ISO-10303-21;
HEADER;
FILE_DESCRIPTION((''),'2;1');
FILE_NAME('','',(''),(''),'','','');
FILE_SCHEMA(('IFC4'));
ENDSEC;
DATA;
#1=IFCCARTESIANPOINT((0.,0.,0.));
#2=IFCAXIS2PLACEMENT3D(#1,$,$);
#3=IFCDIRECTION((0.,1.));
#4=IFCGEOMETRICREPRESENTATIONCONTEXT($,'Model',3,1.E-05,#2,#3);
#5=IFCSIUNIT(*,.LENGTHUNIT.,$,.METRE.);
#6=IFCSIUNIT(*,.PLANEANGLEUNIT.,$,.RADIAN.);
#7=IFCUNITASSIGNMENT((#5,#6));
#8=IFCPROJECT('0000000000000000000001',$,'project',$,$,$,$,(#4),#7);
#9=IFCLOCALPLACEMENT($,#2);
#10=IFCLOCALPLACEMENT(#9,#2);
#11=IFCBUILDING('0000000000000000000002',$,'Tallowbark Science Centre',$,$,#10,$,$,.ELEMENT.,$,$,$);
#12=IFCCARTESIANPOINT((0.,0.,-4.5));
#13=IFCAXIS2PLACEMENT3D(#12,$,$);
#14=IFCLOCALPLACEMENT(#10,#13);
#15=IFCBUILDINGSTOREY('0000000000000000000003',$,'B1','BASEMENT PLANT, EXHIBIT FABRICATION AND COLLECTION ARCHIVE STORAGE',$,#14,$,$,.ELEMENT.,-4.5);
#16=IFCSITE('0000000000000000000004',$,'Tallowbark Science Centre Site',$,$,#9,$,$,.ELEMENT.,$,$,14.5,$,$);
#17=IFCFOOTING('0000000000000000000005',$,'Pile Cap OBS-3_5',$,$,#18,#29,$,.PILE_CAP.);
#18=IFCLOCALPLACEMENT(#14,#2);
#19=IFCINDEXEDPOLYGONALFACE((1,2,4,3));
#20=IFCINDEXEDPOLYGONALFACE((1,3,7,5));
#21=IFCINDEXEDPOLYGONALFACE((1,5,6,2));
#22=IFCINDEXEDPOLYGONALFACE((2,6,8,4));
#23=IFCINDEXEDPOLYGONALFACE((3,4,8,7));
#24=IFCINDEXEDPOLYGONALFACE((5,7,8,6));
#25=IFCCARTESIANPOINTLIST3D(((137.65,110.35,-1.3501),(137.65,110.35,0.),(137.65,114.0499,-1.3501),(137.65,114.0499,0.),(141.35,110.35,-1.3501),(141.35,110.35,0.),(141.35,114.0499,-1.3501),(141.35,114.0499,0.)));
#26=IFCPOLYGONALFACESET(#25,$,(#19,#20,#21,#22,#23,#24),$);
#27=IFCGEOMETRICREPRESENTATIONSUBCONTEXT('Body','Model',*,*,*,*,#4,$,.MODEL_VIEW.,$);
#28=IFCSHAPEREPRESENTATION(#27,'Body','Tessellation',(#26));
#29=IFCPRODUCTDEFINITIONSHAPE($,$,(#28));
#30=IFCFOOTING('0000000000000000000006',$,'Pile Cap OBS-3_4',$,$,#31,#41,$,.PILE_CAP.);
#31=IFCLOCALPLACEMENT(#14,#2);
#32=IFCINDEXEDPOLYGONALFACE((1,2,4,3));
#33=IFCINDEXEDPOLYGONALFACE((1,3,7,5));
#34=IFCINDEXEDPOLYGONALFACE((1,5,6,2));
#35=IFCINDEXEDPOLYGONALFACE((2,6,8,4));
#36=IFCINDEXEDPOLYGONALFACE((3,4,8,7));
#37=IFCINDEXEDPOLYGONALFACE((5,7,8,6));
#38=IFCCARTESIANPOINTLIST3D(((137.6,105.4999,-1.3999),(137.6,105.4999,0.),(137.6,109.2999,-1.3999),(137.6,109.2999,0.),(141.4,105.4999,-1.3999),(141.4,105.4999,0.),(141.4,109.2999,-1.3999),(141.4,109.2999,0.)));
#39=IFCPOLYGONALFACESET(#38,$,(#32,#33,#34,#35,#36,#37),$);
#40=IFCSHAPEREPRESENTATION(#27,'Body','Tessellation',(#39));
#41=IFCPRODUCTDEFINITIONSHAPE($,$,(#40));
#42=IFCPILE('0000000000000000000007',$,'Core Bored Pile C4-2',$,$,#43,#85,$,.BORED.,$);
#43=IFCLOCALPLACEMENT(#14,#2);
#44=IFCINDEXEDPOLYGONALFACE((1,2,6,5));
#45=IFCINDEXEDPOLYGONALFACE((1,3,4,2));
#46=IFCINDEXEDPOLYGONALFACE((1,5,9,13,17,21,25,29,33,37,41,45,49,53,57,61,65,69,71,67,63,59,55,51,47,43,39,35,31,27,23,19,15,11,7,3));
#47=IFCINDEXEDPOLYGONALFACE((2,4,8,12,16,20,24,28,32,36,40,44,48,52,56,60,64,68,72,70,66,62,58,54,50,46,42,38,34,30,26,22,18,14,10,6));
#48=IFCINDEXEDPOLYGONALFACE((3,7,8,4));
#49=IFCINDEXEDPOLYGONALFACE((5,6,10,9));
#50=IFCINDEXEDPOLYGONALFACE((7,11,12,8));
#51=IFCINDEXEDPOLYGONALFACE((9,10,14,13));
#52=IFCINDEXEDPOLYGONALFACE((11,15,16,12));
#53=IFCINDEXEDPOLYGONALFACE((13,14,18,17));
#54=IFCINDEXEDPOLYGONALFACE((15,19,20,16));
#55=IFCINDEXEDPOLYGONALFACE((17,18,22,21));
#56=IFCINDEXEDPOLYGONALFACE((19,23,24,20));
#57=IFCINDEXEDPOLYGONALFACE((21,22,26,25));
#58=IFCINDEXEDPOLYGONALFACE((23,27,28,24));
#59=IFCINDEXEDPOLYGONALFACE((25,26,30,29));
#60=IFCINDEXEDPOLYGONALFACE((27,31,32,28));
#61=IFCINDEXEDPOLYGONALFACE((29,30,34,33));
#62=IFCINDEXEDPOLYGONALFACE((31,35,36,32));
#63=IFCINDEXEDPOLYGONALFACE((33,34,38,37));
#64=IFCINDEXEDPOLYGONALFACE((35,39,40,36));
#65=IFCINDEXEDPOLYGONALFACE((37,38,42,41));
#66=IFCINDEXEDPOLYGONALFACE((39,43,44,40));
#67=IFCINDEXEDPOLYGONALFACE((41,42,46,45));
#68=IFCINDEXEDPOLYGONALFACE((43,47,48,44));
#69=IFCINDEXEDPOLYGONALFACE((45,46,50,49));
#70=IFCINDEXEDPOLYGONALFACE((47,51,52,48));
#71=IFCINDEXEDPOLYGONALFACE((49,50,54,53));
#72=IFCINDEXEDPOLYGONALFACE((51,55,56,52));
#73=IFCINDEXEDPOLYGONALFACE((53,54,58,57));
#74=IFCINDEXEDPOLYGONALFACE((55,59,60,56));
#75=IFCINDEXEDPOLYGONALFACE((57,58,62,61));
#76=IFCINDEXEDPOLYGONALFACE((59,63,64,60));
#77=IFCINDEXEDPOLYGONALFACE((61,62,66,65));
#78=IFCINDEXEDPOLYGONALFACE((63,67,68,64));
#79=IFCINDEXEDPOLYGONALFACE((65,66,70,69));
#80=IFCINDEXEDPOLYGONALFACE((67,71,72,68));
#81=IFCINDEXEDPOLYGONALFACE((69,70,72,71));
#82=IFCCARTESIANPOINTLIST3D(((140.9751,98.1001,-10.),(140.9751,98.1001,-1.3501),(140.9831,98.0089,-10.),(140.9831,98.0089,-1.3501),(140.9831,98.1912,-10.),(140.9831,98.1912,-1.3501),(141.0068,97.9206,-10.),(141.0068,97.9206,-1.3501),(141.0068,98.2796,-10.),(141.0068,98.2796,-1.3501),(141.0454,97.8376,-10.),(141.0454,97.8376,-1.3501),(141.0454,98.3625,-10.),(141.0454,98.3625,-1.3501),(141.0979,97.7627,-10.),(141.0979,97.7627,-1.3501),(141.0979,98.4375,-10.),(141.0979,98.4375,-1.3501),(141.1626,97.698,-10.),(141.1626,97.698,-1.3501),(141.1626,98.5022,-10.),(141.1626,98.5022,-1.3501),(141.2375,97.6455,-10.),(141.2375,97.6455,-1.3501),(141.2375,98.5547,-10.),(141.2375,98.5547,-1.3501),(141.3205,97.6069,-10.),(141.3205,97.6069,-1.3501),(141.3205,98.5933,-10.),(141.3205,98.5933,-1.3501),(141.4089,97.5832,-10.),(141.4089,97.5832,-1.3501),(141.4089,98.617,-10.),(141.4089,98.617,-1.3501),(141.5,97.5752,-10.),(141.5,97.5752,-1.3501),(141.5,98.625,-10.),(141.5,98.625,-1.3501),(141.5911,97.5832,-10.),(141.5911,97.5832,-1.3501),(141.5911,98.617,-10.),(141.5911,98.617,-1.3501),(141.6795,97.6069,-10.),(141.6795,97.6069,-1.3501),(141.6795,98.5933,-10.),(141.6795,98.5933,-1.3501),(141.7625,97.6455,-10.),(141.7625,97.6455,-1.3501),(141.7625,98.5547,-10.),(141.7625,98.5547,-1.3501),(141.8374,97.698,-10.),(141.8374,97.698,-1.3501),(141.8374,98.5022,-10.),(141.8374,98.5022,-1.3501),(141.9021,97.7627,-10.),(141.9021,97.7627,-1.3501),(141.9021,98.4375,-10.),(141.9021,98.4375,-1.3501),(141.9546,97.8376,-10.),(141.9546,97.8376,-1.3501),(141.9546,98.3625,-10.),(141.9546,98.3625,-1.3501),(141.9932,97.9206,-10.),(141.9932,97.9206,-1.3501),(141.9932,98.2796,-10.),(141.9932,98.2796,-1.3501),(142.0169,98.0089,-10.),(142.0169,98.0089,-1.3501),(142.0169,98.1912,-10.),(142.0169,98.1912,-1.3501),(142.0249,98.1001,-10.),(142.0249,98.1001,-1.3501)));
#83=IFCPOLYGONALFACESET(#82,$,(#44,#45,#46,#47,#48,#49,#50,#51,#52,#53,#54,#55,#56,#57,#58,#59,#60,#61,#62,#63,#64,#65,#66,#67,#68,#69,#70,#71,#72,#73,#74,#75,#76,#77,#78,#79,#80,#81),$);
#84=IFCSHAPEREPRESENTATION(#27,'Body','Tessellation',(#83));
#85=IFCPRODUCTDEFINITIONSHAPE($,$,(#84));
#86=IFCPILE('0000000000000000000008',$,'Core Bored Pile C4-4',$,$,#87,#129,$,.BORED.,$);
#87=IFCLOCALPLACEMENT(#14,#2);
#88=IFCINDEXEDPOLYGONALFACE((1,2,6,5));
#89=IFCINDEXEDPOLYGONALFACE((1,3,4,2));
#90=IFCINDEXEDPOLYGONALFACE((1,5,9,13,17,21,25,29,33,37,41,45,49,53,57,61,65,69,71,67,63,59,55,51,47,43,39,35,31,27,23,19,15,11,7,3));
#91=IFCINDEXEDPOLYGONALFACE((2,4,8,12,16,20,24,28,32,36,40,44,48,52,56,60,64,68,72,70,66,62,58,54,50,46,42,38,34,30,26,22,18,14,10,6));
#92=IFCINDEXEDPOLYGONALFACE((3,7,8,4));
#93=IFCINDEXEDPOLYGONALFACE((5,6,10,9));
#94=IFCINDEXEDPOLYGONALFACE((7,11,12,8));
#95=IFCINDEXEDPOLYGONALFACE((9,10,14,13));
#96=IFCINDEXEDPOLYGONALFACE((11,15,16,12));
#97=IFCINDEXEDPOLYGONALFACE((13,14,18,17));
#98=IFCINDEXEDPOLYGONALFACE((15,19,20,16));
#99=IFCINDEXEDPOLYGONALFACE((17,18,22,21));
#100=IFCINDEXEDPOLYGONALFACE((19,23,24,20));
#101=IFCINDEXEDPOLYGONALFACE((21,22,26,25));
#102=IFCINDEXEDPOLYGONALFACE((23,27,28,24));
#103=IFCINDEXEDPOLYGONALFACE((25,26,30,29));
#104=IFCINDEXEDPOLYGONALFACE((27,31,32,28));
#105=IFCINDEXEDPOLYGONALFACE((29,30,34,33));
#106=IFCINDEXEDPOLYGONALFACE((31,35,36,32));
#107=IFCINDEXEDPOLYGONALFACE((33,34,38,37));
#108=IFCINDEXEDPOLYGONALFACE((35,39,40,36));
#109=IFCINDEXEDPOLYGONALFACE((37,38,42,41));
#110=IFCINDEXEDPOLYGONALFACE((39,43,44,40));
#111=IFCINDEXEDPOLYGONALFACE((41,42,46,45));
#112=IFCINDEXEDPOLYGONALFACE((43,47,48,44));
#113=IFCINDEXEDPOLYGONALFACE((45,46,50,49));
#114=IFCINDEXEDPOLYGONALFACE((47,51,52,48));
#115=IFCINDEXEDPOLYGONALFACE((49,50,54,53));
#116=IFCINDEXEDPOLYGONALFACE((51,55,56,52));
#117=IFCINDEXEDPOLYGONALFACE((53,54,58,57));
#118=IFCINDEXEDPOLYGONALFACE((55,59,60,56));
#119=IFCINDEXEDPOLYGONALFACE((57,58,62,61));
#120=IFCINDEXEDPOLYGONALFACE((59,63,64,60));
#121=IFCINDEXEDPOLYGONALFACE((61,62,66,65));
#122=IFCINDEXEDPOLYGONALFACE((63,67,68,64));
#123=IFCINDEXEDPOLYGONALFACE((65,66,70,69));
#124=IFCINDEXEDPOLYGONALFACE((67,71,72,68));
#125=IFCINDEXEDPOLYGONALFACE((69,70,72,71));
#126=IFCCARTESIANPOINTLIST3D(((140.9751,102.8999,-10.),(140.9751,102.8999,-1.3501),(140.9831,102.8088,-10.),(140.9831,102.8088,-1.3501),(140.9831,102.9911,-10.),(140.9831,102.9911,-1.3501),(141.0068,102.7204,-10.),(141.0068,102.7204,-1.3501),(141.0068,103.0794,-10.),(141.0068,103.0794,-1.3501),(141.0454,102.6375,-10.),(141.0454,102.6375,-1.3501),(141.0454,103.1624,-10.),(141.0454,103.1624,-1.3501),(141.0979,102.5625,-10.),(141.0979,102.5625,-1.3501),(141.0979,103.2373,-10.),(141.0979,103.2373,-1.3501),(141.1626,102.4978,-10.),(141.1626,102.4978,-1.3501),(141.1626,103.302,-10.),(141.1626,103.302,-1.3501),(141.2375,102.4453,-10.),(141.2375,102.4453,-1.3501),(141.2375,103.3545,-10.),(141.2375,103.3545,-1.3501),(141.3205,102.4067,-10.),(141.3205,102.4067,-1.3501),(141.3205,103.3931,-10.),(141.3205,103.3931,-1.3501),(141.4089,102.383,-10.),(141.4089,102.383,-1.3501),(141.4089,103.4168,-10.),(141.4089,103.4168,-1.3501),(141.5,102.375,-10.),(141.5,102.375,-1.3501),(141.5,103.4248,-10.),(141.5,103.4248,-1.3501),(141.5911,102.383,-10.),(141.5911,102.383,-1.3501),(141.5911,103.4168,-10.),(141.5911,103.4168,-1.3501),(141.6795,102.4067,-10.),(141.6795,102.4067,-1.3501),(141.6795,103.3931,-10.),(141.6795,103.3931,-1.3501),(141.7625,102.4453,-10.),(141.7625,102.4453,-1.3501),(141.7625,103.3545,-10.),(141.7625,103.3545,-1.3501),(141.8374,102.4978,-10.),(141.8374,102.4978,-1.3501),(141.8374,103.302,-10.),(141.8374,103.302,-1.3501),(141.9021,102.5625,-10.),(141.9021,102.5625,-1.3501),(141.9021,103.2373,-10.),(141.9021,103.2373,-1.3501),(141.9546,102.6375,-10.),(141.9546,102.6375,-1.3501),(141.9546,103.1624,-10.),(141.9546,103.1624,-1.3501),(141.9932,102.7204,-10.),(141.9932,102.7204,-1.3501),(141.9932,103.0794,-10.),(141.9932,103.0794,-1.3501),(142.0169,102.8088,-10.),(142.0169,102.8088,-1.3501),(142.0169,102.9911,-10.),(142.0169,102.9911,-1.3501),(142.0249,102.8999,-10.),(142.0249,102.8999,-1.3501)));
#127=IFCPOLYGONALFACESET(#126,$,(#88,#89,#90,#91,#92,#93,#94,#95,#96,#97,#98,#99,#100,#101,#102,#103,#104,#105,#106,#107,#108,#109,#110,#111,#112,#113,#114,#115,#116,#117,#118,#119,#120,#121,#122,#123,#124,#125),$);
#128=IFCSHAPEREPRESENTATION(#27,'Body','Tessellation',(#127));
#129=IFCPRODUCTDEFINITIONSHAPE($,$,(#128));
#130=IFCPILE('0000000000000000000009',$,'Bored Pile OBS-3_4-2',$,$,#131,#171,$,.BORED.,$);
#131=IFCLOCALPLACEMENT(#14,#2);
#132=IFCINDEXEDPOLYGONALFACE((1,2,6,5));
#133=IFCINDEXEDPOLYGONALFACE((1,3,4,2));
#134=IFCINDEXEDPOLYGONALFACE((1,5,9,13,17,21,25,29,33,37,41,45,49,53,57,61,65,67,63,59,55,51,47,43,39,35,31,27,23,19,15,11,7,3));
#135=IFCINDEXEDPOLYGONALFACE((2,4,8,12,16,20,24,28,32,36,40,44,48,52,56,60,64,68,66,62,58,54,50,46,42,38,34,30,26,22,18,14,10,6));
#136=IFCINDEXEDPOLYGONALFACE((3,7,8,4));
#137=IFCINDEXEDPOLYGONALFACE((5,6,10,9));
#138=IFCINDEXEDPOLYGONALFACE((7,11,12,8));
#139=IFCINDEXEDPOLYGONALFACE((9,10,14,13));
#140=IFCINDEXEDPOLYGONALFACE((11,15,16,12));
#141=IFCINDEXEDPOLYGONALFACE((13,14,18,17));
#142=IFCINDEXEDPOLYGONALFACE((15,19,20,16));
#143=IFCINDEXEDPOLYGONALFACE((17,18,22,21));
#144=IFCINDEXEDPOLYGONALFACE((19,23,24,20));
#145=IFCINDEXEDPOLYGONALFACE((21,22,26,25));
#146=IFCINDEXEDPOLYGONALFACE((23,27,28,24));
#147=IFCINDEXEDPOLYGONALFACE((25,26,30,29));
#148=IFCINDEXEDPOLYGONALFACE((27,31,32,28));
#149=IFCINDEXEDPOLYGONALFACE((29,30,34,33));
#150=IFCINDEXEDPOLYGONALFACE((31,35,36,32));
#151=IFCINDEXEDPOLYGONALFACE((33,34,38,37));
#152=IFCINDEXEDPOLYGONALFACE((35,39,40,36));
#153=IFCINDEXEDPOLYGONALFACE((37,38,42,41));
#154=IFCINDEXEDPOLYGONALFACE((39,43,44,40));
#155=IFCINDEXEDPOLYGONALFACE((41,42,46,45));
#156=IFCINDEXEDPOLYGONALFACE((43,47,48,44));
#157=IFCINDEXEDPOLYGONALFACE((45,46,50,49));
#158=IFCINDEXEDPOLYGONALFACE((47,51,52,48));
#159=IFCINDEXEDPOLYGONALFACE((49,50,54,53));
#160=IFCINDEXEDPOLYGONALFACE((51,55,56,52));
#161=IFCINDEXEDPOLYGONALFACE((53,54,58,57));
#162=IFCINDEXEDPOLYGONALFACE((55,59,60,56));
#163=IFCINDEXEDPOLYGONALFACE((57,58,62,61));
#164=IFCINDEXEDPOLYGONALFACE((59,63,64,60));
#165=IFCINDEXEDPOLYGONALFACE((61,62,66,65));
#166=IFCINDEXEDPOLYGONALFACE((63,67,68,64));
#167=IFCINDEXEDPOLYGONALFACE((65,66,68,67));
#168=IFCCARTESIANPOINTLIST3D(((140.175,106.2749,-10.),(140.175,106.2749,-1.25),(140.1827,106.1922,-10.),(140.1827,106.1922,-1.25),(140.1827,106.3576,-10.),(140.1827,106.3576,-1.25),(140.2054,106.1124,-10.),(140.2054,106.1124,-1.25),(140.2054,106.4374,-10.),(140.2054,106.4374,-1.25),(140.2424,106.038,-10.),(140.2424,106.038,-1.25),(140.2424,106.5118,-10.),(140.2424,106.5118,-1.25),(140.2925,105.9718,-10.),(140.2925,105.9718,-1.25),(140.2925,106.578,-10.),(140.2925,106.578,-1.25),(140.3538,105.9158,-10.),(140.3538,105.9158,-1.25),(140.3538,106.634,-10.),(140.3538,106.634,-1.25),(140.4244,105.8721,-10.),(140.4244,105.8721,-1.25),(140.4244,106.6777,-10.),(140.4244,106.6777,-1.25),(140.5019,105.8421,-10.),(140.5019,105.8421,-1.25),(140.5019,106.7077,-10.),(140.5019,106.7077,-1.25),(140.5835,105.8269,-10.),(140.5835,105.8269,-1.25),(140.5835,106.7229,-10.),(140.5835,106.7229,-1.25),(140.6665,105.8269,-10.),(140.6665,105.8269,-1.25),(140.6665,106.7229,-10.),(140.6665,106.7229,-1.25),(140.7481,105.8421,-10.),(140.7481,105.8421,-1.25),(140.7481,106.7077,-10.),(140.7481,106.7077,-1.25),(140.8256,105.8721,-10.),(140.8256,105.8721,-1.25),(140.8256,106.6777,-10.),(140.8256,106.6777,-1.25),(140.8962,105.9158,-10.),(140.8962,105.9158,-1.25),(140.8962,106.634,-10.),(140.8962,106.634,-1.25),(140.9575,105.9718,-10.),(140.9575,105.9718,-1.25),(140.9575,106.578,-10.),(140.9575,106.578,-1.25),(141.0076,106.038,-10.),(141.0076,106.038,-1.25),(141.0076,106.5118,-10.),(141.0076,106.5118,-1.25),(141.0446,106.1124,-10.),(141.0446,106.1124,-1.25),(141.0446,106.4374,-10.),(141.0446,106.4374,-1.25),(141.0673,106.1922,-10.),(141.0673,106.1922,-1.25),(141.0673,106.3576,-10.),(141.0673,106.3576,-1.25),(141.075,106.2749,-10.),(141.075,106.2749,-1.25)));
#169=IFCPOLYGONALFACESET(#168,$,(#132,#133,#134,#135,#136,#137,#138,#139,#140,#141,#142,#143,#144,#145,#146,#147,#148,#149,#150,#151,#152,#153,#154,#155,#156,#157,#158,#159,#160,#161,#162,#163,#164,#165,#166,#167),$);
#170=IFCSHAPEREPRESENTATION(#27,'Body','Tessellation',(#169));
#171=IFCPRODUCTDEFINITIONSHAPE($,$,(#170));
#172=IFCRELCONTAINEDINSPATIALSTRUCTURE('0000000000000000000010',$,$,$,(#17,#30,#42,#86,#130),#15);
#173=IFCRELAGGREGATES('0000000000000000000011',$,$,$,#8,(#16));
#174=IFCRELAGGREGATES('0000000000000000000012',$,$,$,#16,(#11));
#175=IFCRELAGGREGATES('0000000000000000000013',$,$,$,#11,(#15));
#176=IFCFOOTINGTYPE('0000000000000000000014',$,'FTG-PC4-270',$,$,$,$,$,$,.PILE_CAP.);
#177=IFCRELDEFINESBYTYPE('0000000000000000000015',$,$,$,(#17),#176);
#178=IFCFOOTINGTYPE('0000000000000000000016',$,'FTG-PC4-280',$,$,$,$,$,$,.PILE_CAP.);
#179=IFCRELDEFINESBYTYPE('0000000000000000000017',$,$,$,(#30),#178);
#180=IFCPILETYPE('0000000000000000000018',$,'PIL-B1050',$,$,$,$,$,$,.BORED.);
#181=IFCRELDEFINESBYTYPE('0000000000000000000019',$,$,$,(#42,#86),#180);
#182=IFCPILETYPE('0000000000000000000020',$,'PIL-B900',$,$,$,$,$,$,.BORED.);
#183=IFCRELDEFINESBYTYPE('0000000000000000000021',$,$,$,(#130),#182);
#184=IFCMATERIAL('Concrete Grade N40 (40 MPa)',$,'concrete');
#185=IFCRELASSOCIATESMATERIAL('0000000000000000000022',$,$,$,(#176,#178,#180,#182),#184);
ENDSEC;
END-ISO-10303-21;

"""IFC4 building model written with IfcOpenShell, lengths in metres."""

from ifc_helpers import new_model, si_unit, direction, frame, origin, origin_2d, place, context, subcontext, project, spatial, rectangle, circle, extrude, material, material_profile, profile_set, type_object, element, save


model = new_model("IFC4")

# Units and contexts
model_context = context("Model", 3, precision=1e-05, world=origin(), true_north=direction((0.0, 1.0)))
body_context = subcontext(model_context, "Body", "Model", "MODEL_VIEW")
ifc_project = project(units=[si_unit("LENGTHUNIT", "METRE"), si_unit("PLANEANGLEUNIT", "RADIAN")], contexts=[model_context])

# Site, building, storey
site_placement = place(None, origin())
site = spatial("IfcSite", under=ifc_project, at=site_placement, Name="Tallowbark Science Centre Site", CompositionType="ELEMENT", RefElevation=14.5)
building_placement = place(site_placement, origin())
building = spatial("IfcBuilding", under=site, at=building_placement, Name="Tallowbark Science Centre", CompositionType="ELEMENT")
storey_placement = place(building_placement, frame((0.0, 0.0, -4.5)))
storey = spatial("IfcBuildingStorey", under=building, at=storey_placement, Name="B1", Description="BASEMENT PLANT, EXHIBIT FABRICATION AND COLLECTION ARCHIVE STORAGE", CompositionType="ELEMENT", Elevation=-4.5)

# Footings
ifc_material_1 = material(Name="Concrete Grade N40 (40 MPa)", Category="concrete")
footing_type_1 = type_object("IfcFootingType", Name="FTG-PC4-270", PredefinedType="PILE_CAP", material=ifc_material_1)
footing_1_placement = place(storey_placement, frame((139.5, 112.2, -1.3501), z_axis=(0.0, 0.0, 1.0), x_axis=(1.0, 0.0, 0.0)))
element("IfcFooting", 1, at=footing_1_placement, inside=storey, type_object=footing_type_1, Name="Pile Cap OBS-3_5", PredefinedType="PILE_CAP", context=body_context, shape_type="SweptSolid", body=[
    extrude(rectangle(XDim=3.7, YDim=3.7, at=origin_2d()), origin(), (0.0, 0.0, 1.0), 1.3501),
])
footing_type_2 = type_object("IfcFootingType", Name="FTG-PC4-280", PredefinedType="PILE_CAP", material=ifc_material_1)
footing_2_placement = place(storey_placement, frame((139.5, 107.3999, -1.3999), z_axis=(0.0, 0.0, 1.0), x_axis=(1.0, 0.0, 0.0)))
element("IfcFooting", 2, at=footing_2_placement, inside=storey, type_object=footing_type_2, Name="Pile Cap OBS-3_4", PredefinedType="PILE_CAP", context=body_context, shape_type="SweptSolid", body=[
    extrude(rectangle(XDim=3.8, YDim=3.8, at=origin_2d()), origin(), (0.0, 0.0, 1.0), 1.3999),
])

# Piles
ifc_material_profile_1 = material_profile(ifc_material_1, circle(Radius=0.5249, at=origin_2d()), Name="PILE1050")
ifc_profile_set_1 = profile_set([ifc_material_profile_1], Name="Concrete Grade N40 (40 MPa)")
pile_type_1 = type_object("IfcPileType", Name="PIL-B1050", PredefinedType="BORED", material=ifc_profile_set_1)
for number, where, z_axis, x_axis, name in (
    (3, (141.5, 98.1001, -1.3501), (0.0, 0.0, -1.0), (1.0, 0.0, 0.0), "Core Bored Pile C4-2"),
    (4, (141.5, 102.8999, -1.3501), (0.0, 0.0, -1.0), (1.0, 0.0, 0.0), "Core Bored Pile C4-4"),
):
    element("IfcPile", number, at=place(storey_placement, frame(where, z_axis=z_axis, x_axis=x_axis)), inside=storey, type_object=pile_type_1, Name=name, PredefinedType="BORED", context=body_context, shape_type="SweptSolid", body=[
        extrude(circle(Radius=0.5249, at=origin_2d()), origin(), (0.0, 0.0, 1.0), 8.6499),
    ])
ifc_material_profile_2 = material_profile(ifc_material_1, circle(Radius=0.45, at=origin_2d()), Name="PILE900")
ifc_profile_set_2 = profile_set([ifc_material_profile_2], Name="Concrete Grade N40 (40 MPa)")
pile_type_2 = type_object("IfcPileType", Name="PIL-B900", PredefinedType="BORED", material=ifc_profile_set_2)
for number, where, z_axis, x_axis, name in (
    (5, (140.625, 106.2749, -1.25), (0.0, 0.0, -1.0), (1.0, 0.0, 0.0), "Bored Pile OBS-3_4-2"),
):
    element("IfcPile", number, at=place(storey_placement, frame(where, z_axis=z_axis, x_axis=x_axis)), inside=storey, type_object=pile_type_2, Name=name, PredefinedType="BORED", context=body_context, shape_type="SweptSolid", body=[
        extrude(circle(Radius=0.45, at=origin_2d()), origin(), (0.0, 0.0, 1.0), 8.75),
    ])

save(model, "model.ifc")
